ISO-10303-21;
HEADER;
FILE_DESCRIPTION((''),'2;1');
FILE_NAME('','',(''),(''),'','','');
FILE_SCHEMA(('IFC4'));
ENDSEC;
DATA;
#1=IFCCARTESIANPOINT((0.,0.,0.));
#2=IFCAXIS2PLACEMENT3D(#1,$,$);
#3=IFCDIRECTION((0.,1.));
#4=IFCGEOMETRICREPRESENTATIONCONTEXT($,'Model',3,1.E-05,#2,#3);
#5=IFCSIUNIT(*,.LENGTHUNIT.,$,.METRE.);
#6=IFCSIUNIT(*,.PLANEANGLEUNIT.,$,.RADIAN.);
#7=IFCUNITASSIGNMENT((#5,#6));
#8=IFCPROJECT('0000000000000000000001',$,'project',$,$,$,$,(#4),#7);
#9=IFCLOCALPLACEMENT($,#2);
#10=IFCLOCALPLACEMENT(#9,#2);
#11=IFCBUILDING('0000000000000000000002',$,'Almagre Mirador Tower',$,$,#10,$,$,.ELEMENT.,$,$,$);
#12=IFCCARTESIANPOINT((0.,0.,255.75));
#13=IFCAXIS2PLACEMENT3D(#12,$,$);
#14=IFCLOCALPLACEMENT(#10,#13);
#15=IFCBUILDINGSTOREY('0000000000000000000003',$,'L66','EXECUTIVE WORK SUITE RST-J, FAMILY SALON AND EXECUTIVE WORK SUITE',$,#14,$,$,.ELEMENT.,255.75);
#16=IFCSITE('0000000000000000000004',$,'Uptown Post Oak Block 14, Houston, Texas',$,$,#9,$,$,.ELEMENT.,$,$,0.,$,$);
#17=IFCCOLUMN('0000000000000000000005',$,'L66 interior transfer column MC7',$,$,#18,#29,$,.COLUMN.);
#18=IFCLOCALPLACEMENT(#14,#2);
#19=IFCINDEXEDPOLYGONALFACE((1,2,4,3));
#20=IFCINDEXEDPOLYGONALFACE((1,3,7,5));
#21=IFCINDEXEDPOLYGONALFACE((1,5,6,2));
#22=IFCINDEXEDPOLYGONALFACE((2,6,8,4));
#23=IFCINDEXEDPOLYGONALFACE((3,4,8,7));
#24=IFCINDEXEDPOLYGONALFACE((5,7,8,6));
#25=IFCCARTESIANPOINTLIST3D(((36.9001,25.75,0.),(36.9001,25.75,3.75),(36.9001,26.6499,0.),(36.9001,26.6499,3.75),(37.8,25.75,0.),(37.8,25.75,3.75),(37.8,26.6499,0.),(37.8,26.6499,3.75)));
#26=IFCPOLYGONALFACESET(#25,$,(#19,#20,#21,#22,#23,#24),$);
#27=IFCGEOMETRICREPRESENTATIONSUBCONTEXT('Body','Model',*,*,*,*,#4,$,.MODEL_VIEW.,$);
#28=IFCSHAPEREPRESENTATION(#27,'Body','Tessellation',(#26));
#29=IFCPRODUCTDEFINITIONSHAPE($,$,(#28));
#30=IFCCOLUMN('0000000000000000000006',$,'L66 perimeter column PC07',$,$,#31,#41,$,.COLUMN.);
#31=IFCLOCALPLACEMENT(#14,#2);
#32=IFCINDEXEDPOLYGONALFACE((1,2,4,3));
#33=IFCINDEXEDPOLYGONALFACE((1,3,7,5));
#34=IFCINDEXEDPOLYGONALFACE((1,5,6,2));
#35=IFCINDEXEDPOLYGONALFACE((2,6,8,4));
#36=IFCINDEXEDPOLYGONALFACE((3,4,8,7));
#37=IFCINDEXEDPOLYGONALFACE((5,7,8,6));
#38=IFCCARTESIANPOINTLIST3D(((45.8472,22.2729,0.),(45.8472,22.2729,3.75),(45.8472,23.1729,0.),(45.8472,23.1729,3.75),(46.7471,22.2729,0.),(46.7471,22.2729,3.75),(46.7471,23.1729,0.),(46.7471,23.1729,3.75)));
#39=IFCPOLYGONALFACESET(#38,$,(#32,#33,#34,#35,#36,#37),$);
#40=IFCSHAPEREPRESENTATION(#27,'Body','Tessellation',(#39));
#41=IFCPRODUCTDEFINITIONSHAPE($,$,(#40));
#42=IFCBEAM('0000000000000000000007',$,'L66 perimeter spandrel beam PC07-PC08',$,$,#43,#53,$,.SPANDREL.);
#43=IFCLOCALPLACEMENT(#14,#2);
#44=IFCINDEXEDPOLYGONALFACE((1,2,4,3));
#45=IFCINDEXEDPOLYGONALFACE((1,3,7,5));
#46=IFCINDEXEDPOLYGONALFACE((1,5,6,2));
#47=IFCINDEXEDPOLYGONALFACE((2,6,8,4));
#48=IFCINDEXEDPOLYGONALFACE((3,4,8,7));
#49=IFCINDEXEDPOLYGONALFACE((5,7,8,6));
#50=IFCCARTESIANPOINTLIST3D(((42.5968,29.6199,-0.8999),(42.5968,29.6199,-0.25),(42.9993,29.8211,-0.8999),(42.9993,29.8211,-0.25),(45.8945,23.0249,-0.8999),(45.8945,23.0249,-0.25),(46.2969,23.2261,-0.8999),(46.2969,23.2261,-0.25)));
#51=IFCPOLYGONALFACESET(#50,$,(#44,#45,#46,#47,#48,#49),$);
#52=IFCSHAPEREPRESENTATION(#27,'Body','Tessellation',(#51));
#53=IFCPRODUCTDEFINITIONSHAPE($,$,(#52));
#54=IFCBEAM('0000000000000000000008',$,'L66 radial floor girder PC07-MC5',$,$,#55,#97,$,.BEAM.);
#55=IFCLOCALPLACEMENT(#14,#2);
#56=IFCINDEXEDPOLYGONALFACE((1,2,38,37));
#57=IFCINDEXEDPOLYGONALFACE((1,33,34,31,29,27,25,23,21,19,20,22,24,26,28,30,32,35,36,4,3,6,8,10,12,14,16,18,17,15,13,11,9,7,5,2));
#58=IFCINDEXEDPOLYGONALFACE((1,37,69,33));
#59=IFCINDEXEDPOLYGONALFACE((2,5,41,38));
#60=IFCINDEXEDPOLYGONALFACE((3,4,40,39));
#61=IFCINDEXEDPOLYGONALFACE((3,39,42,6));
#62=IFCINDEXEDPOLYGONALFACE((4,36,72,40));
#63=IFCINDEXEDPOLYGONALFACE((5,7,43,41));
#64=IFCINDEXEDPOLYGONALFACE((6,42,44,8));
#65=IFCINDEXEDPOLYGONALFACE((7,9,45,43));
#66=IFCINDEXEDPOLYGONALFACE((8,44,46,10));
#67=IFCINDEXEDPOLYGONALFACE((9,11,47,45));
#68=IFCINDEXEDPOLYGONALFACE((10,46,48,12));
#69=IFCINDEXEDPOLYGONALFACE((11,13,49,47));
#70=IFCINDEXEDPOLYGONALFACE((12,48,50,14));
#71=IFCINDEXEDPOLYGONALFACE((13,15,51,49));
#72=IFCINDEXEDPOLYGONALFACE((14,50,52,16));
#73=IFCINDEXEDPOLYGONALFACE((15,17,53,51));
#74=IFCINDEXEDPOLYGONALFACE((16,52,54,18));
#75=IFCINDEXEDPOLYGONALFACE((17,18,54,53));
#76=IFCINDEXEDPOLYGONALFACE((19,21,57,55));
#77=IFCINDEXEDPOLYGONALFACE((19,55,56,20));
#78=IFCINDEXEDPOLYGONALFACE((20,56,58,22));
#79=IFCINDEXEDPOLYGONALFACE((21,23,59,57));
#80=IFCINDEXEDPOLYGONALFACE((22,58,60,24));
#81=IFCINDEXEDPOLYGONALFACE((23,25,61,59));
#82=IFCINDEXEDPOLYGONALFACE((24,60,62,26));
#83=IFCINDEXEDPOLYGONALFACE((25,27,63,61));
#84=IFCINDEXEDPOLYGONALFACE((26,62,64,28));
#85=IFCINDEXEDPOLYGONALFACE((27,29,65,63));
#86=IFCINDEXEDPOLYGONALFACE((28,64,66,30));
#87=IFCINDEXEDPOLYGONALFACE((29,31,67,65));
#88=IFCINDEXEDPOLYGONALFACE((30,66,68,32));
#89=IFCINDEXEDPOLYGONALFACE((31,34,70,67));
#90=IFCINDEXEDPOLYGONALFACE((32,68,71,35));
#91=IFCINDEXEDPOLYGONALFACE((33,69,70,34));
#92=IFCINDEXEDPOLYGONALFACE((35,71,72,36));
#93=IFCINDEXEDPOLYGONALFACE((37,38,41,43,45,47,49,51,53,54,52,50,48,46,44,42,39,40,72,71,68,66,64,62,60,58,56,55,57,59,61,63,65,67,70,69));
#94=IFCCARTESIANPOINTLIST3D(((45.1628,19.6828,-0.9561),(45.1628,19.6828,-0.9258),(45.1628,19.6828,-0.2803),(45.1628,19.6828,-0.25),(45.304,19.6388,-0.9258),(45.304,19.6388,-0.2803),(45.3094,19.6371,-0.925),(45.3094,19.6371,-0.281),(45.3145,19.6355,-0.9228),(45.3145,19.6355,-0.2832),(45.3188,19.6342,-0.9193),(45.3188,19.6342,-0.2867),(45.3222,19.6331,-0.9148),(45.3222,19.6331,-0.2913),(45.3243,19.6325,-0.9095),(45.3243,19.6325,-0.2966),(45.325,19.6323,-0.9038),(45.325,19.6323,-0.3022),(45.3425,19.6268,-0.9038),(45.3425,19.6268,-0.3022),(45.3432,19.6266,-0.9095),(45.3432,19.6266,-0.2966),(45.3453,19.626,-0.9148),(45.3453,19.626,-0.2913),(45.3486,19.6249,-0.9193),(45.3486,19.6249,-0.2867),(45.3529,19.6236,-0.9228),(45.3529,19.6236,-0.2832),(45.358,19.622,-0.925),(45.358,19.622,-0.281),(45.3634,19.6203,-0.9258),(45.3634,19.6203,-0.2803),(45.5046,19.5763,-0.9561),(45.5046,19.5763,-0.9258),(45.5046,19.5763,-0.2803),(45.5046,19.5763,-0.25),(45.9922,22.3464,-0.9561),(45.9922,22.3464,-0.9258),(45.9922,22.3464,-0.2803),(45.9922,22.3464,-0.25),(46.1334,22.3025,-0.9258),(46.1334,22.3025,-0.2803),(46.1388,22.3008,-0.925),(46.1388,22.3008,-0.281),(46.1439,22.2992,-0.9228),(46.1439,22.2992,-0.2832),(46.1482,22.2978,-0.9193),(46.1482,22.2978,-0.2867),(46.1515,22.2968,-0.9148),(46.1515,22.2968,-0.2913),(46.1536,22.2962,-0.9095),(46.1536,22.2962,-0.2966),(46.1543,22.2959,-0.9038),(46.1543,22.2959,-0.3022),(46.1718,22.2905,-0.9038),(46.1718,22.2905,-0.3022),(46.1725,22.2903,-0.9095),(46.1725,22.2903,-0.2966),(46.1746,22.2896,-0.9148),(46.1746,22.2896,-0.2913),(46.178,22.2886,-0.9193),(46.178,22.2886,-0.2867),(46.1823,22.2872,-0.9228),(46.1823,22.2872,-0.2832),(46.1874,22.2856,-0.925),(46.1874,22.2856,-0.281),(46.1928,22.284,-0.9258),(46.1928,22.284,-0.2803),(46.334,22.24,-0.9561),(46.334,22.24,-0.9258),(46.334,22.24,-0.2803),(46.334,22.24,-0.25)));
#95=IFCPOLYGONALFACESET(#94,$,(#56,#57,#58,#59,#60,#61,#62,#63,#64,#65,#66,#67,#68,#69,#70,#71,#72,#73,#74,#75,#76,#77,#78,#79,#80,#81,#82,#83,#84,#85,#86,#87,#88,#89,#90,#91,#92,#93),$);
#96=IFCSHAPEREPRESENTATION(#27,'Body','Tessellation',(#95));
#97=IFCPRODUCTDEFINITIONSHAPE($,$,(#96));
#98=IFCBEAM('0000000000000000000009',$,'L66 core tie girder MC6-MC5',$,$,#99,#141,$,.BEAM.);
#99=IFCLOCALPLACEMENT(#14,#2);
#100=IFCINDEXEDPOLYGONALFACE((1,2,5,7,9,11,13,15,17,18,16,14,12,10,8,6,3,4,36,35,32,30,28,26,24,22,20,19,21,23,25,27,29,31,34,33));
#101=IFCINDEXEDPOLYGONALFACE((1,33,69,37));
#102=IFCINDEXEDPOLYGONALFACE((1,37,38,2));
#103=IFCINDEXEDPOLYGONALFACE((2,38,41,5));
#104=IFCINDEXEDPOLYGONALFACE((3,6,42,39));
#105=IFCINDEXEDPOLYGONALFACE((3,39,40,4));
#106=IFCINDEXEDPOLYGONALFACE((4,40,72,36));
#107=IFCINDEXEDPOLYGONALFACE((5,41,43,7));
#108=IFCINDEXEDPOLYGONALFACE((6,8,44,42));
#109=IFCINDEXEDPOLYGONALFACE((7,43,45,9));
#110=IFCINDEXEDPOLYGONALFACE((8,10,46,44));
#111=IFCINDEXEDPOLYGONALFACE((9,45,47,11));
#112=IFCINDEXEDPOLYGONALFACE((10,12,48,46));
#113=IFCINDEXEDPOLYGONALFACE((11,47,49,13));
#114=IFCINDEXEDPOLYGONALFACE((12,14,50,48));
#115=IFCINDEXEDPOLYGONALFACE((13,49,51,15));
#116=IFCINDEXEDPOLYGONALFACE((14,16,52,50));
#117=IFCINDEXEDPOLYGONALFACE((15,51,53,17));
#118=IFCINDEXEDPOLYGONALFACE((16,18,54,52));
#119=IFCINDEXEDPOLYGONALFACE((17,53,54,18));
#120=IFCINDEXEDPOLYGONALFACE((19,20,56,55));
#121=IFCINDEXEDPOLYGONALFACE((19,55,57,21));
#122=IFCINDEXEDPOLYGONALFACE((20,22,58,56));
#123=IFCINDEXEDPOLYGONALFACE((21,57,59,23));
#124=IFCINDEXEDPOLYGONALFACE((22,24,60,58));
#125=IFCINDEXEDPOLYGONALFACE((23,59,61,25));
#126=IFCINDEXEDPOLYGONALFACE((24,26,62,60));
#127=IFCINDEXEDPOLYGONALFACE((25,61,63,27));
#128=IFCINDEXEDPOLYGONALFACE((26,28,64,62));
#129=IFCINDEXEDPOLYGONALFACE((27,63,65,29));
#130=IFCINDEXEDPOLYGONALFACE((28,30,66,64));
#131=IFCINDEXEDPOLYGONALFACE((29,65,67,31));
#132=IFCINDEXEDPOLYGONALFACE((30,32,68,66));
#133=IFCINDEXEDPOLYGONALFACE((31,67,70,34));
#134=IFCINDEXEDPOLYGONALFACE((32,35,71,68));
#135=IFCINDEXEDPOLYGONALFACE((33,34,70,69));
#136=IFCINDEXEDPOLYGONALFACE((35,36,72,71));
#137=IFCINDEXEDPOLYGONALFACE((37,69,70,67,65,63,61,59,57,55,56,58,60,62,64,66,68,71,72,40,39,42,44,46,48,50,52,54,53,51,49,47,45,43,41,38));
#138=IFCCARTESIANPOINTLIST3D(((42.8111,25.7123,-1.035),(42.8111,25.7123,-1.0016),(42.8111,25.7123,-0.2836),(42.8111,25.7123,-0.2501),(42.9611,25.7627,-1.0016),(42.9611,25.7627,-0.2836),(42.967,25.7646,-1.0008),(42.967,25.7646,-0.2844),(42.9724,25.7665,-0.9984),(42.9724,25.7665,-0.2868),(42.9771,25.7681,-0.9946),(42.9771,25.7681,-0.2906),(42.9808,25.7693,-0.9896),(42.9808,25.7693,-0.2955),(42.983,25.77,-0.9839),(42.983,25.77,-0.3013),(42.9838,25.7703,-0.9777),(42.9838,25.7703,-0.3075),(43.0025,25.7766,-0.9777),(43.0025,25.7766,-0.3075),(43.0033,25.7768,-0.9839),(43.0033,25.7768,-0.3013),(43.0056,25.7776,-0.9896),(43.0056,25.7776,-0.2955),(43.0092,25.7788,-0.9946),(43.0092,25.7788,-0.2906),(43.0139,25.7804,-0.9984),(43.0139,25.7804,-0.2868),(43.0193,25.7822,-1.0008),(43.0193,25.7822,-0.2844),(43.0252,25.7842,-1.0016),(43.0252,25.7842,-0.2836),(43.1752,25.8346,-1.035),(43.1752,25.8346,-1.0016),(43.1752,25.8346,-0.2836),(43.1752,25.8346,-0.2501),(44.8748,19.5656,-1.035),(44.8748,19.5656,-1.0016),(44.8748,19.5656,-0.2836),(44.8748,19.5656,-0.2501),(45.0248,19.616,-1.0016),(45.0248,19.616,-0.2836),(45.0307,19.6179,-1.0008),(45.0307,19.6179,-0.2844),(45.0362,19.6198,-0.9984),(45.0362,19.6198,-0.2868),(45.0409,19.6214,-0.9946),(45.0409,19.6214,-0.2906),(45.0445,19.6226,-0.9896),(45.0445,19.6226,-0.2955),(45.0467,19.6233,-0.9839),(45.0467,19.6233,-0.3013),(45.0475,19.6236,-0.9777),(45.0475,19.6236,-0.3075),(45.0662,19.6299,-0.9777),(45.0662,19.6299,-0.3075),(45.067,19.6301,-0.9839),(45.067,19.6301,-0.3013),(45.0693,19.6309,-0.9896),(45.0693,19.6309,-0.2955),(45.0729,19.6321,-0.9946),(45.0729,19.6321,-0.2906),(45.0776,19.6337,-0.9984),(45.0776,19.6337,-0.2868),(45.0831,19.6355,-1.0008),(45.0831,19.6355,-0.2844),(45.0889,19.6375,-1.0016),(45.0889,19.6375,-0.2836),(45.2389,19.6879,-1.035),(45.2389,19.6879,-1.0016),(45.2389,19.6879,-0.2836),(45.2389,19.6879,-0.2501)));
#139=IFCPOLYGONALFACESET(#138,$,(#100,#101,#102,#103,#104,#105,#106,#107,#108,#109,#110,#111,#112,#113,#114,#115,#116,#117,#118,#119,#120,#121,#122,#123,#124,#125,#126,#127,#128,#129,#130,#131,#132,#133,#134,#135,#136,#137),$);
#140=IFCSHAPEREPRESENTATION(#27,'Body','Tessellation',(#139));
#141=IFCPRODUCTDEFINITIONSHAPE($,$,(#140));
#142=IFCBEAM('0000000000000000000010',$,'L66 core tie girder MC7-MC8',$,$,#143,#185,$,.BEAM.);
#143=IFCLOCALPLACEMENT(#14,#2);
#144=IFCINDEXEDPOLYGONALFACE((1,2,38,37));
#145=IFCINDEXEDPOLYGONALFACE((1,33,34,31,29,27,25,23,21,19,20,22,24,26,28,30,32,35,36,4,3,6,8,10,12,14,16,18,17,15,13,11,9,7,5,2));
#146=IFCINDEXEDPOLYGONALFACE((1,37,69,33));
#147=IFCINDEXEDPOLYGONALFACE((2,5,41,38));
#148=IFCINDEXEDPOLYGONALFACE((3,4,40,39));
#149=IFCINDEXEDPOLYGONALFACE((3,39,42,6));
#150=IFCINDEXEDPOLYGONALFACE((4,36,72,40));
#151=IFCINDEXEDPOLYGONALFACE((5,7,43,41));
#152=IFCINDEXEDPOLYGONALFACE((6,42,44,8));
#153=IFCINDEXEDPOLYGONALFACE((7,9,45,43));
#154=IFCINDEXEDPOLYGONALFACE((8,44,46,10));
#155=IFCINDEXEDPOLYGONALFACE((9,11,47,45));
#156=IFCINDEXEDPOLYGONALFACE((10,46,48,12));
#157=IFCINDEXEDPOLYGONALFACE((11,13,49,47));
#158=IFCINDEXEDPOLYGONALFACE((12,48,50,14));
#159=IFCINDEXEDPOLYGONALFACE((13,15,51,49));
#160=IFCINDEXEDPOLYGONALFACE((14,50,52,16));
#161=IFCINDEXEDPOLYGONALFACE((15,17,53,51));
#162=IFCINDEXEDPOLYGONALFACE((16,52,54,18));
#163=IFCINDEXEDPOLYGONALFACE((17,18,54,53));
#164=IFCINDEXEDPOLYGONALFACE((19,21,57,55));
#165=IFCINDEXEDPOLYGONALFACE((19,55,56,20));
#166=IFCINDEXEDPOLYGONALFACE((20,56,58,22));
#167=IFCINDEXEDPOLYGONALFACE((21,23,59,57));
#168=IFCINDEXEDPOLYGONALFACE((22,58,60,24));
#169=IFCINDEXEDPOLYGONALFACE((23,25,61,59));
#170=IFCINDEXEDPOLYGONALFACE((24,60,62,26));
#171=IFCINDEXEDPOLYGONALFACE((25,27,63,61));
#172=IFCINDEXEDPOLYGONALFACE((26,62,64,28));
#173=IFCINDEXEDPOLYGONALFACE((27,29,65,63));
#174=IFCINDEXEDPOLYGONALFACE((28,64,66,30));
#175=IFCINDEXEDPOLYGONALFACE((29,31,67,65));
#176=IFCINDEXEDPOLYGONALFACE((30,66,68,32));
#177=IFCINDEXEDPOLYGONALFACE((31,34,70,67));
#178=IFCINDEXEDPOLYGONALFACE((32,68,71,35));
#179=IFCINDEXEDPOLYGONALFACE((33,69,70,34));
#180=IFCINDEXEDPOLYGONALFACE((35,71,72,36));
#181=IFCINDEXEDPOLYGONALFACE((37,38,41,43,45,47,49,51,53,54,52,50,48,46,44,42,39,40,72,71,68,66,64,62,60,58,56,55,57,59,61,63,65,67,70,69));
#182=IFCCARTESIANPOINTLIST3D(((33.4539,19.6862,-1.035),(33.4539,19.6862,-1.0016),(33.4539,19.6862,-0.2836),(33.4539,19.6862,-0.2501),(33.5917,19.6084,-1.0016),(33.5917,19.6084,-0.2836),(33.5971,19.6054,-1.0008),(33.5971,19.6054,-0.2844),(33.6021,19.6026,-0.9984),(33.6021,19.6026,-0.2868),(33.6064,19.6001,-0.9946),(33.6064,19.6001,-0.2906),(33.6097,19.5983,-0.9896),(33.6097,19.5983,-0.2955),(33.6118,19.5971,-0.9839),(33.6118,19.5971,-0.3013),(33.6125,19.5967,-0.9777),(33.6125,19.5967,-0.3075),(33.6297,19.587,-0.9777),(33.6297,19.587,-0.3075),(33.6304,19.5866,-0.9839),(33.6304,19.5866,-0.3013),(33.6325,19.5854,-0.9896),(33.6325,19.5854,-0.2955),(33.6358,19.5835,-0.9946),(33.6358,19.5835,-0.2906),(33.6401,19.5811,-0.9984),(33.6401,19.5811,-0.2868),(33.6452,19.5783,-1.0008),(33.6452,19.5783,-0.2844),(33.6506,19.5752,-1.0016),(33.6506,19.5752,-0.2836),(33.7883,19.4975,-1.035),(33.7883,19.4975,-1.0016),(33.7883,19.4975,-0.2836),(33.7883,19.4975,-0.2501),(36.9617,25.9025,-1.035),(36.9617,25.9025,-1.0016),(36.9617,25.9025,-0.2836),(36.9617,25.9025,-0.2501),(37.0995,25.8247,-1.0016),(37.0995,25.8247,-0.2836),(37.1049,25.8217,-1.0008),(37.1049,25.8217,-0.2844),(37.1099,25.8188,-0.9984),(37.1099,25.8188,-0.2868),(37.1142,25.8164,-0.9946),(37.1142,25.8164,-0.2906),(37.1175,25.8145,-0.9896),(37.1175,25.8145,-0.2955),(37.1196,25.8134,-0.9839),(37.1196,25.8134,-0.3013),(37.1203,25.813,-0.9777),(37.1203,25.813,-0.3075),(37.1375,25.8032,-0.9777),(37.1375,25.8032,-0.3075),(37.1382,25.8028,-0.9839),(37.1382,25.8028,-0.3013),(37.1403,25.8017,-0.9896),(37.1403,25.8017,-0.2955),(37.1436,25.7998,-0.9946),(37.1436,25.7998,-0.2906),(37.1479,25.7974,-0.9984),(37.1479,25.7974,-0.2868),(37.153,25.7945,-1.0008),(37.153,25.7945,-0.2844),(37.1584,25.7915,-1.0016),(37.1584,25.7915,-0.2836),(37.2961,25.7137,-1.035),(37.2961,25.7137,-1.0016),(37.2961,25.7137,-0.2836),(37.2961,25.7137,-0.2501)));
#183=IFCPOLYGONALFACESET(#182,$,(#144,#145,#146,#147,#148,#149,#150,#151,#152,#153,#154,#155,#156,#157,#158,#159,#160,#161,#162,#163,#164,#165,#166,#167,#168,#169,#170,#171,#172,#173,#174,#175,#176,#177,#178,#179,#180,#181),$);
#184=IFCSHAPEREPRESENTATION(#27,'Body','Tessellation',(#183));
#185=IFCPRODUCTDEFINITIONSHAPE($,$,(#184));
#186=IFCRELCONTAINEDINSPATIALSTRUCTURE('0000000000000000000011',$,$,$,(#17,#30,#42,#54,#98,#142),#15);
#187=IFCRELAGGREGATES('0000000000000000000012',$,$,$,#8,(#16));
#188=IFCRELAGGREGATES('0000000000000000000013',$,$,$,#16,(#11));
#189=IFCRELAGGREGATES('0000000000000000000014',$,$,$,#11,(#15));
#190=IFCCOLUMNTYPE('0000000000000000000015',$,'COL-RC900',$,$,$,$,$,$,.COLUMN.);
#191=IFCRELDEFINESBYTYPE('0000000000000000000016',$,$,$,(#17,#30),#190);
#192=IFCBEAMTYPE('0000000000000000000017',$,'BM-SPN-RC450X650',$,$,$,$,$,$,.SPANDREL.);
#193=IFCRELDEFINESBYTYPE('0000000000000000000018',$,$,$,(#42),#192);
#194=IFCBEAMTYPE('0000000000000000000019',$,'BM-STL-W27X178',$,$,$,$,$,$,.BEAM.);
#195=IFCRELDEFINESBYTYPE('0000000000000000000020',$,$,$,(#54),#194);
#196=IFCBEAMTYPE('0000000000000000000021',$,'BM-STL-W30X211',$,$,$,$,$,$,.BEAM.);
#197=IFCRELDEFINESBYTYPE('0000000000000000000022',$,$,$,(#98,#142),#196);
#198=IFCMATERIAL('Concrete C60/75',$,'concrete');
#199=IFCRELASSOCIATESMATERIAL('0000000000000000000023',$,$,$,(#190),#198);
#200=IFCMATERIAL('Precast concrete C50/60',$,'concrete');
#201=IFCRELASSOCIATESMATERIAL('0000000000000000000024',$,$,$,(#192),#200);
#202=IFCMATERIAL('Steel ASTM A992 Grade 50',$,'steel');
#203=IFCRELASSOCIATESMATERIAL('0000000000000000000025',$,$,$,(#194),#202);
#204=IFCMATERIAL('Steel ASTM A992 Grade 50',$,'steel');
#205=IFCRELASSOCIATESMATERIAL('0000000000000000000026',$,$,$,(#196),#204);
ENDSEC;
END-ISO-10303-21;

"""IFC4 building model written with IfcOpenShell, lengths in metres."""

from ifc_helpers import new_model, si_unit, direction, frame, origin, origin_2d, place, context, subcontext, project, spatial, rectangle, i_section, extrude, material, material_profile, profile_set, type_object, element, save


model = new_model("IFC4")

# Units and contexts
model_context = context("Model", 3, precision=1e-05, world=origin(), true_north=direction((0.0, 1.0)))
body_context = subcontext(model_context, "Body", "Model", "MODEL_VIEW")
ifc_project = project(units=[si_unit("LENGTHUNIT", "METRE"), si_unit("PLANEANGLEUNIT", "RADIAN")], contexts=[model_context])

# Site, building, storey
site_placement = place(None, origin())
site = spatial("IfcSite", under=ifc_project, at=site_placement, Name="Uptown Post Oak Block 14, Houston, Texas", CompositionType="ELEMENT", RefElevation=0.0)
building_placement = place(site_placement, origin())
building = spatial("IfcBuilding", under=site, at=building_placement, Name="Almagre Mirador Tower", CompositionType="ELEMENT")
storey_placement = place(building_placement, frame((0.0, 0.0, 255.75)))
storey = spatial("IfcBuildingStorey", under=building, at=storey_placement, Name="L66", Description="EXECUTIVE WORK SUITE RST-J, FAMILY SALON AND EXECUTIVE WORK SUITE", CompositionType="ELEMENT", Elevation=255.75)

# Columns
ifc_material_1 = material(Name="Concrete C60/75", Category="concrete")
ifc_material_profile_1 = material_profile(ifc_material_1, rectangle(XDim=0.8999, YDim=0.8999, at=origin_2d()), Name="RC900X900")
ifc_profile_set_1 = profile_set([ifc_material_profile_1], Name="Concrete C60/75")
column_type = type_object("IfcColumnType", Name="COL-RC900", PredefinedType="COLUMN", material=ifc_profile_set_1)
for number, where, z_axis, x_axis, name in (
    (1, (37.3501, 26.2, 0.0), (0.0, 0.0, 1.0), (1.0, 0.0, 0.0), "L66 interior transfer column MC7"),
    (2, (46.2971, 22.7229, 0.0), (0.0, 0.0, 1.0), (1.0, 0.0, 0.0), "L66 perimeter column PC07"),
):
    element("IfcColumn", number, at=place(storey_placement, frame(where, z_axis=z_axis, x_axis=x_axis)), inside=storey, type_object=column_type, Name=name, PredefinedType="COLUMN", context=body_context, shape_type="SweptSolid", body=[
        extrude(rectangle(XDim=0.8999, YDim=0.8999, at=origin_2d()), origin(), (0.0, 0.0, 1.0), 3.75),
    ])

# Beams
ifc_material_2 = material(Name="Precast concrete C50/60", Category="concrete")
ifc_material_profile_2 = material_profile(ifc_material_2, rectangle(XDim=0.45, YDim=0.6499, at=origin_2d()), Name="RC450X650")
ifc_profile_set_2 = profile_set([ifc_material_profile_2], Name="Precast concrete C50/60")
beam_type_1 = type_object("IfcBeamType", Name="BM-SPN-RC450X650", PredefinedType="SPANDREL", material=ifc_profile_set_2)
beam_1_placement = place(storey_placement, frame((46.0957, 23.1255, -0.575), z_axis=(-0.447227, 0.894421, 0.0), x_axis=(-0.894421, -0.447227, 0.0)))
element("IfcBeam", 3, at=beam_1_placement, inside=storey, type_object=beam_type_1, Name="L66 perimeter spandrel beam PC07-PC08", PredefinedType="SPANDREL", context=body_context, shape_type="SweptSolid", body=[
    extrude(rectangle(XDim=0.45, YDim=0.6499, at=origin_2d()), origin(), (0.0, 0.0, 1.0), 7.3735),
])
ifc_material_3 = material(Name="Steel ASTM A992 Grade 50", Category="steel")
ifc_material_profile_3 = material_profile(ifc_material_3, i_section(OverallWidth=0.3579, OverallDepth=0.7061, WebThickness=0.0183, FlangeThickness=0.0303, FilletRadius=0.022, at=origin_2d()), Name="W27X178")
ifc_profile_set_3 = profile_set([ifc_material_profile_3], Name="Steel ASTM A992 Grade 50")
beam_type_2 = type_object("IfcBeamType", Name="BM-STL-W27X178", PredefinedType="BEAM", material=ifc_profile_set_3)
beam_2_placement = place(storey_placement, frame((46.1631, 22.2932, -0.603), z_axis=(-0.297288, -0.954788, 0.0), x_axis=(0.954788, -0.297288, 0.0)))
element("IfcBeam", 4, at=beam_2_placement, inside=storey, type_object=beam_type_2, Name="L66 radial floor girder PC07-MC5", PredefinedType="BEAM", context=body_context, shape_type="SweptSolid", body=[
    extrude(i_section(OverallWidth=0.3579, OverallDepth=0.7061, WebThickness=0.0183, FlangeThickness=0.0303, FilletRadius=0.022, at=origin_2d()), origin(), (0.0, 0.0, 1.0), 2.7898),
])
ifc_material_4 = material(Name="Steel ASTM A992 Grade 50", Category="steel")
ifc_material_profile_4 = material_profile(ifc_material_4, i_section(OverallWidth=0.384, OverallDepth=0.7849, WebThickness=0.0198, FlangeThickness=0.0334, FilletRadius=0.0239, at=origin_2d()), Name="W30X211")
ifc_profile_set_4 = profile_set([ifc_material_profile_4], Name="Steel ASTM A992 Grade 50")
beam_type_3 = type_object("IfcBeamType", Name="BM-STL-W30X211", PredefinedType="BEAM", material=ifc_profile_set_4)
beam_3_placement = place(storey_placement, frame((42.9932, 25.7734, -0.6426), z_axis=(0.318283, -0.947996, 0.0), x_axis=(0.947996, 0.318283, 0.0)))
element("IfcBeam", 5, at=beam_3_placement, inside=storey, type_object=beam_type_3, Name="L66 core tie girder MC6-MC5", PredefinedType="BEAM", context=body_context, shape_type="SweptSolid", body=[
    extrude(i_section(OverallWidth=0.384, OverallDepth=0.7849, WebThickness=0.0198, FlangeThickness=0.0334, FilletRadius=0.0239, at=origin_2d()), origin(), (0.0, 0.0, 1.0), 6.4839),
])
beam_4_placement = place(storey_placement, frame((37.1289, 25.8081, -0.6426), z_axis=(-0.491446, -0.870908, 0.0), x_axis=(0.870908, -0.491446, 0.0)))
element("IfcBeam", 6, at=beam_4_placement, inside=storey, type_object=beam_type_3, Name="L66 core tie girder MC7-MC8", PredefinedType="BEAM", context=body_context, shape_type="SweptSolid", body=[
    extrude(i_section(OverallWidth=0.384, OverallDepth=0.7849, WebThickness=0.0198, FlangeThickness=0.0334, FilletRadius=0.0239, at=origin_2d()), origin(), (0.0, 0.0, 1.0), 7.1377),
])

save(model, "model.ifc")
